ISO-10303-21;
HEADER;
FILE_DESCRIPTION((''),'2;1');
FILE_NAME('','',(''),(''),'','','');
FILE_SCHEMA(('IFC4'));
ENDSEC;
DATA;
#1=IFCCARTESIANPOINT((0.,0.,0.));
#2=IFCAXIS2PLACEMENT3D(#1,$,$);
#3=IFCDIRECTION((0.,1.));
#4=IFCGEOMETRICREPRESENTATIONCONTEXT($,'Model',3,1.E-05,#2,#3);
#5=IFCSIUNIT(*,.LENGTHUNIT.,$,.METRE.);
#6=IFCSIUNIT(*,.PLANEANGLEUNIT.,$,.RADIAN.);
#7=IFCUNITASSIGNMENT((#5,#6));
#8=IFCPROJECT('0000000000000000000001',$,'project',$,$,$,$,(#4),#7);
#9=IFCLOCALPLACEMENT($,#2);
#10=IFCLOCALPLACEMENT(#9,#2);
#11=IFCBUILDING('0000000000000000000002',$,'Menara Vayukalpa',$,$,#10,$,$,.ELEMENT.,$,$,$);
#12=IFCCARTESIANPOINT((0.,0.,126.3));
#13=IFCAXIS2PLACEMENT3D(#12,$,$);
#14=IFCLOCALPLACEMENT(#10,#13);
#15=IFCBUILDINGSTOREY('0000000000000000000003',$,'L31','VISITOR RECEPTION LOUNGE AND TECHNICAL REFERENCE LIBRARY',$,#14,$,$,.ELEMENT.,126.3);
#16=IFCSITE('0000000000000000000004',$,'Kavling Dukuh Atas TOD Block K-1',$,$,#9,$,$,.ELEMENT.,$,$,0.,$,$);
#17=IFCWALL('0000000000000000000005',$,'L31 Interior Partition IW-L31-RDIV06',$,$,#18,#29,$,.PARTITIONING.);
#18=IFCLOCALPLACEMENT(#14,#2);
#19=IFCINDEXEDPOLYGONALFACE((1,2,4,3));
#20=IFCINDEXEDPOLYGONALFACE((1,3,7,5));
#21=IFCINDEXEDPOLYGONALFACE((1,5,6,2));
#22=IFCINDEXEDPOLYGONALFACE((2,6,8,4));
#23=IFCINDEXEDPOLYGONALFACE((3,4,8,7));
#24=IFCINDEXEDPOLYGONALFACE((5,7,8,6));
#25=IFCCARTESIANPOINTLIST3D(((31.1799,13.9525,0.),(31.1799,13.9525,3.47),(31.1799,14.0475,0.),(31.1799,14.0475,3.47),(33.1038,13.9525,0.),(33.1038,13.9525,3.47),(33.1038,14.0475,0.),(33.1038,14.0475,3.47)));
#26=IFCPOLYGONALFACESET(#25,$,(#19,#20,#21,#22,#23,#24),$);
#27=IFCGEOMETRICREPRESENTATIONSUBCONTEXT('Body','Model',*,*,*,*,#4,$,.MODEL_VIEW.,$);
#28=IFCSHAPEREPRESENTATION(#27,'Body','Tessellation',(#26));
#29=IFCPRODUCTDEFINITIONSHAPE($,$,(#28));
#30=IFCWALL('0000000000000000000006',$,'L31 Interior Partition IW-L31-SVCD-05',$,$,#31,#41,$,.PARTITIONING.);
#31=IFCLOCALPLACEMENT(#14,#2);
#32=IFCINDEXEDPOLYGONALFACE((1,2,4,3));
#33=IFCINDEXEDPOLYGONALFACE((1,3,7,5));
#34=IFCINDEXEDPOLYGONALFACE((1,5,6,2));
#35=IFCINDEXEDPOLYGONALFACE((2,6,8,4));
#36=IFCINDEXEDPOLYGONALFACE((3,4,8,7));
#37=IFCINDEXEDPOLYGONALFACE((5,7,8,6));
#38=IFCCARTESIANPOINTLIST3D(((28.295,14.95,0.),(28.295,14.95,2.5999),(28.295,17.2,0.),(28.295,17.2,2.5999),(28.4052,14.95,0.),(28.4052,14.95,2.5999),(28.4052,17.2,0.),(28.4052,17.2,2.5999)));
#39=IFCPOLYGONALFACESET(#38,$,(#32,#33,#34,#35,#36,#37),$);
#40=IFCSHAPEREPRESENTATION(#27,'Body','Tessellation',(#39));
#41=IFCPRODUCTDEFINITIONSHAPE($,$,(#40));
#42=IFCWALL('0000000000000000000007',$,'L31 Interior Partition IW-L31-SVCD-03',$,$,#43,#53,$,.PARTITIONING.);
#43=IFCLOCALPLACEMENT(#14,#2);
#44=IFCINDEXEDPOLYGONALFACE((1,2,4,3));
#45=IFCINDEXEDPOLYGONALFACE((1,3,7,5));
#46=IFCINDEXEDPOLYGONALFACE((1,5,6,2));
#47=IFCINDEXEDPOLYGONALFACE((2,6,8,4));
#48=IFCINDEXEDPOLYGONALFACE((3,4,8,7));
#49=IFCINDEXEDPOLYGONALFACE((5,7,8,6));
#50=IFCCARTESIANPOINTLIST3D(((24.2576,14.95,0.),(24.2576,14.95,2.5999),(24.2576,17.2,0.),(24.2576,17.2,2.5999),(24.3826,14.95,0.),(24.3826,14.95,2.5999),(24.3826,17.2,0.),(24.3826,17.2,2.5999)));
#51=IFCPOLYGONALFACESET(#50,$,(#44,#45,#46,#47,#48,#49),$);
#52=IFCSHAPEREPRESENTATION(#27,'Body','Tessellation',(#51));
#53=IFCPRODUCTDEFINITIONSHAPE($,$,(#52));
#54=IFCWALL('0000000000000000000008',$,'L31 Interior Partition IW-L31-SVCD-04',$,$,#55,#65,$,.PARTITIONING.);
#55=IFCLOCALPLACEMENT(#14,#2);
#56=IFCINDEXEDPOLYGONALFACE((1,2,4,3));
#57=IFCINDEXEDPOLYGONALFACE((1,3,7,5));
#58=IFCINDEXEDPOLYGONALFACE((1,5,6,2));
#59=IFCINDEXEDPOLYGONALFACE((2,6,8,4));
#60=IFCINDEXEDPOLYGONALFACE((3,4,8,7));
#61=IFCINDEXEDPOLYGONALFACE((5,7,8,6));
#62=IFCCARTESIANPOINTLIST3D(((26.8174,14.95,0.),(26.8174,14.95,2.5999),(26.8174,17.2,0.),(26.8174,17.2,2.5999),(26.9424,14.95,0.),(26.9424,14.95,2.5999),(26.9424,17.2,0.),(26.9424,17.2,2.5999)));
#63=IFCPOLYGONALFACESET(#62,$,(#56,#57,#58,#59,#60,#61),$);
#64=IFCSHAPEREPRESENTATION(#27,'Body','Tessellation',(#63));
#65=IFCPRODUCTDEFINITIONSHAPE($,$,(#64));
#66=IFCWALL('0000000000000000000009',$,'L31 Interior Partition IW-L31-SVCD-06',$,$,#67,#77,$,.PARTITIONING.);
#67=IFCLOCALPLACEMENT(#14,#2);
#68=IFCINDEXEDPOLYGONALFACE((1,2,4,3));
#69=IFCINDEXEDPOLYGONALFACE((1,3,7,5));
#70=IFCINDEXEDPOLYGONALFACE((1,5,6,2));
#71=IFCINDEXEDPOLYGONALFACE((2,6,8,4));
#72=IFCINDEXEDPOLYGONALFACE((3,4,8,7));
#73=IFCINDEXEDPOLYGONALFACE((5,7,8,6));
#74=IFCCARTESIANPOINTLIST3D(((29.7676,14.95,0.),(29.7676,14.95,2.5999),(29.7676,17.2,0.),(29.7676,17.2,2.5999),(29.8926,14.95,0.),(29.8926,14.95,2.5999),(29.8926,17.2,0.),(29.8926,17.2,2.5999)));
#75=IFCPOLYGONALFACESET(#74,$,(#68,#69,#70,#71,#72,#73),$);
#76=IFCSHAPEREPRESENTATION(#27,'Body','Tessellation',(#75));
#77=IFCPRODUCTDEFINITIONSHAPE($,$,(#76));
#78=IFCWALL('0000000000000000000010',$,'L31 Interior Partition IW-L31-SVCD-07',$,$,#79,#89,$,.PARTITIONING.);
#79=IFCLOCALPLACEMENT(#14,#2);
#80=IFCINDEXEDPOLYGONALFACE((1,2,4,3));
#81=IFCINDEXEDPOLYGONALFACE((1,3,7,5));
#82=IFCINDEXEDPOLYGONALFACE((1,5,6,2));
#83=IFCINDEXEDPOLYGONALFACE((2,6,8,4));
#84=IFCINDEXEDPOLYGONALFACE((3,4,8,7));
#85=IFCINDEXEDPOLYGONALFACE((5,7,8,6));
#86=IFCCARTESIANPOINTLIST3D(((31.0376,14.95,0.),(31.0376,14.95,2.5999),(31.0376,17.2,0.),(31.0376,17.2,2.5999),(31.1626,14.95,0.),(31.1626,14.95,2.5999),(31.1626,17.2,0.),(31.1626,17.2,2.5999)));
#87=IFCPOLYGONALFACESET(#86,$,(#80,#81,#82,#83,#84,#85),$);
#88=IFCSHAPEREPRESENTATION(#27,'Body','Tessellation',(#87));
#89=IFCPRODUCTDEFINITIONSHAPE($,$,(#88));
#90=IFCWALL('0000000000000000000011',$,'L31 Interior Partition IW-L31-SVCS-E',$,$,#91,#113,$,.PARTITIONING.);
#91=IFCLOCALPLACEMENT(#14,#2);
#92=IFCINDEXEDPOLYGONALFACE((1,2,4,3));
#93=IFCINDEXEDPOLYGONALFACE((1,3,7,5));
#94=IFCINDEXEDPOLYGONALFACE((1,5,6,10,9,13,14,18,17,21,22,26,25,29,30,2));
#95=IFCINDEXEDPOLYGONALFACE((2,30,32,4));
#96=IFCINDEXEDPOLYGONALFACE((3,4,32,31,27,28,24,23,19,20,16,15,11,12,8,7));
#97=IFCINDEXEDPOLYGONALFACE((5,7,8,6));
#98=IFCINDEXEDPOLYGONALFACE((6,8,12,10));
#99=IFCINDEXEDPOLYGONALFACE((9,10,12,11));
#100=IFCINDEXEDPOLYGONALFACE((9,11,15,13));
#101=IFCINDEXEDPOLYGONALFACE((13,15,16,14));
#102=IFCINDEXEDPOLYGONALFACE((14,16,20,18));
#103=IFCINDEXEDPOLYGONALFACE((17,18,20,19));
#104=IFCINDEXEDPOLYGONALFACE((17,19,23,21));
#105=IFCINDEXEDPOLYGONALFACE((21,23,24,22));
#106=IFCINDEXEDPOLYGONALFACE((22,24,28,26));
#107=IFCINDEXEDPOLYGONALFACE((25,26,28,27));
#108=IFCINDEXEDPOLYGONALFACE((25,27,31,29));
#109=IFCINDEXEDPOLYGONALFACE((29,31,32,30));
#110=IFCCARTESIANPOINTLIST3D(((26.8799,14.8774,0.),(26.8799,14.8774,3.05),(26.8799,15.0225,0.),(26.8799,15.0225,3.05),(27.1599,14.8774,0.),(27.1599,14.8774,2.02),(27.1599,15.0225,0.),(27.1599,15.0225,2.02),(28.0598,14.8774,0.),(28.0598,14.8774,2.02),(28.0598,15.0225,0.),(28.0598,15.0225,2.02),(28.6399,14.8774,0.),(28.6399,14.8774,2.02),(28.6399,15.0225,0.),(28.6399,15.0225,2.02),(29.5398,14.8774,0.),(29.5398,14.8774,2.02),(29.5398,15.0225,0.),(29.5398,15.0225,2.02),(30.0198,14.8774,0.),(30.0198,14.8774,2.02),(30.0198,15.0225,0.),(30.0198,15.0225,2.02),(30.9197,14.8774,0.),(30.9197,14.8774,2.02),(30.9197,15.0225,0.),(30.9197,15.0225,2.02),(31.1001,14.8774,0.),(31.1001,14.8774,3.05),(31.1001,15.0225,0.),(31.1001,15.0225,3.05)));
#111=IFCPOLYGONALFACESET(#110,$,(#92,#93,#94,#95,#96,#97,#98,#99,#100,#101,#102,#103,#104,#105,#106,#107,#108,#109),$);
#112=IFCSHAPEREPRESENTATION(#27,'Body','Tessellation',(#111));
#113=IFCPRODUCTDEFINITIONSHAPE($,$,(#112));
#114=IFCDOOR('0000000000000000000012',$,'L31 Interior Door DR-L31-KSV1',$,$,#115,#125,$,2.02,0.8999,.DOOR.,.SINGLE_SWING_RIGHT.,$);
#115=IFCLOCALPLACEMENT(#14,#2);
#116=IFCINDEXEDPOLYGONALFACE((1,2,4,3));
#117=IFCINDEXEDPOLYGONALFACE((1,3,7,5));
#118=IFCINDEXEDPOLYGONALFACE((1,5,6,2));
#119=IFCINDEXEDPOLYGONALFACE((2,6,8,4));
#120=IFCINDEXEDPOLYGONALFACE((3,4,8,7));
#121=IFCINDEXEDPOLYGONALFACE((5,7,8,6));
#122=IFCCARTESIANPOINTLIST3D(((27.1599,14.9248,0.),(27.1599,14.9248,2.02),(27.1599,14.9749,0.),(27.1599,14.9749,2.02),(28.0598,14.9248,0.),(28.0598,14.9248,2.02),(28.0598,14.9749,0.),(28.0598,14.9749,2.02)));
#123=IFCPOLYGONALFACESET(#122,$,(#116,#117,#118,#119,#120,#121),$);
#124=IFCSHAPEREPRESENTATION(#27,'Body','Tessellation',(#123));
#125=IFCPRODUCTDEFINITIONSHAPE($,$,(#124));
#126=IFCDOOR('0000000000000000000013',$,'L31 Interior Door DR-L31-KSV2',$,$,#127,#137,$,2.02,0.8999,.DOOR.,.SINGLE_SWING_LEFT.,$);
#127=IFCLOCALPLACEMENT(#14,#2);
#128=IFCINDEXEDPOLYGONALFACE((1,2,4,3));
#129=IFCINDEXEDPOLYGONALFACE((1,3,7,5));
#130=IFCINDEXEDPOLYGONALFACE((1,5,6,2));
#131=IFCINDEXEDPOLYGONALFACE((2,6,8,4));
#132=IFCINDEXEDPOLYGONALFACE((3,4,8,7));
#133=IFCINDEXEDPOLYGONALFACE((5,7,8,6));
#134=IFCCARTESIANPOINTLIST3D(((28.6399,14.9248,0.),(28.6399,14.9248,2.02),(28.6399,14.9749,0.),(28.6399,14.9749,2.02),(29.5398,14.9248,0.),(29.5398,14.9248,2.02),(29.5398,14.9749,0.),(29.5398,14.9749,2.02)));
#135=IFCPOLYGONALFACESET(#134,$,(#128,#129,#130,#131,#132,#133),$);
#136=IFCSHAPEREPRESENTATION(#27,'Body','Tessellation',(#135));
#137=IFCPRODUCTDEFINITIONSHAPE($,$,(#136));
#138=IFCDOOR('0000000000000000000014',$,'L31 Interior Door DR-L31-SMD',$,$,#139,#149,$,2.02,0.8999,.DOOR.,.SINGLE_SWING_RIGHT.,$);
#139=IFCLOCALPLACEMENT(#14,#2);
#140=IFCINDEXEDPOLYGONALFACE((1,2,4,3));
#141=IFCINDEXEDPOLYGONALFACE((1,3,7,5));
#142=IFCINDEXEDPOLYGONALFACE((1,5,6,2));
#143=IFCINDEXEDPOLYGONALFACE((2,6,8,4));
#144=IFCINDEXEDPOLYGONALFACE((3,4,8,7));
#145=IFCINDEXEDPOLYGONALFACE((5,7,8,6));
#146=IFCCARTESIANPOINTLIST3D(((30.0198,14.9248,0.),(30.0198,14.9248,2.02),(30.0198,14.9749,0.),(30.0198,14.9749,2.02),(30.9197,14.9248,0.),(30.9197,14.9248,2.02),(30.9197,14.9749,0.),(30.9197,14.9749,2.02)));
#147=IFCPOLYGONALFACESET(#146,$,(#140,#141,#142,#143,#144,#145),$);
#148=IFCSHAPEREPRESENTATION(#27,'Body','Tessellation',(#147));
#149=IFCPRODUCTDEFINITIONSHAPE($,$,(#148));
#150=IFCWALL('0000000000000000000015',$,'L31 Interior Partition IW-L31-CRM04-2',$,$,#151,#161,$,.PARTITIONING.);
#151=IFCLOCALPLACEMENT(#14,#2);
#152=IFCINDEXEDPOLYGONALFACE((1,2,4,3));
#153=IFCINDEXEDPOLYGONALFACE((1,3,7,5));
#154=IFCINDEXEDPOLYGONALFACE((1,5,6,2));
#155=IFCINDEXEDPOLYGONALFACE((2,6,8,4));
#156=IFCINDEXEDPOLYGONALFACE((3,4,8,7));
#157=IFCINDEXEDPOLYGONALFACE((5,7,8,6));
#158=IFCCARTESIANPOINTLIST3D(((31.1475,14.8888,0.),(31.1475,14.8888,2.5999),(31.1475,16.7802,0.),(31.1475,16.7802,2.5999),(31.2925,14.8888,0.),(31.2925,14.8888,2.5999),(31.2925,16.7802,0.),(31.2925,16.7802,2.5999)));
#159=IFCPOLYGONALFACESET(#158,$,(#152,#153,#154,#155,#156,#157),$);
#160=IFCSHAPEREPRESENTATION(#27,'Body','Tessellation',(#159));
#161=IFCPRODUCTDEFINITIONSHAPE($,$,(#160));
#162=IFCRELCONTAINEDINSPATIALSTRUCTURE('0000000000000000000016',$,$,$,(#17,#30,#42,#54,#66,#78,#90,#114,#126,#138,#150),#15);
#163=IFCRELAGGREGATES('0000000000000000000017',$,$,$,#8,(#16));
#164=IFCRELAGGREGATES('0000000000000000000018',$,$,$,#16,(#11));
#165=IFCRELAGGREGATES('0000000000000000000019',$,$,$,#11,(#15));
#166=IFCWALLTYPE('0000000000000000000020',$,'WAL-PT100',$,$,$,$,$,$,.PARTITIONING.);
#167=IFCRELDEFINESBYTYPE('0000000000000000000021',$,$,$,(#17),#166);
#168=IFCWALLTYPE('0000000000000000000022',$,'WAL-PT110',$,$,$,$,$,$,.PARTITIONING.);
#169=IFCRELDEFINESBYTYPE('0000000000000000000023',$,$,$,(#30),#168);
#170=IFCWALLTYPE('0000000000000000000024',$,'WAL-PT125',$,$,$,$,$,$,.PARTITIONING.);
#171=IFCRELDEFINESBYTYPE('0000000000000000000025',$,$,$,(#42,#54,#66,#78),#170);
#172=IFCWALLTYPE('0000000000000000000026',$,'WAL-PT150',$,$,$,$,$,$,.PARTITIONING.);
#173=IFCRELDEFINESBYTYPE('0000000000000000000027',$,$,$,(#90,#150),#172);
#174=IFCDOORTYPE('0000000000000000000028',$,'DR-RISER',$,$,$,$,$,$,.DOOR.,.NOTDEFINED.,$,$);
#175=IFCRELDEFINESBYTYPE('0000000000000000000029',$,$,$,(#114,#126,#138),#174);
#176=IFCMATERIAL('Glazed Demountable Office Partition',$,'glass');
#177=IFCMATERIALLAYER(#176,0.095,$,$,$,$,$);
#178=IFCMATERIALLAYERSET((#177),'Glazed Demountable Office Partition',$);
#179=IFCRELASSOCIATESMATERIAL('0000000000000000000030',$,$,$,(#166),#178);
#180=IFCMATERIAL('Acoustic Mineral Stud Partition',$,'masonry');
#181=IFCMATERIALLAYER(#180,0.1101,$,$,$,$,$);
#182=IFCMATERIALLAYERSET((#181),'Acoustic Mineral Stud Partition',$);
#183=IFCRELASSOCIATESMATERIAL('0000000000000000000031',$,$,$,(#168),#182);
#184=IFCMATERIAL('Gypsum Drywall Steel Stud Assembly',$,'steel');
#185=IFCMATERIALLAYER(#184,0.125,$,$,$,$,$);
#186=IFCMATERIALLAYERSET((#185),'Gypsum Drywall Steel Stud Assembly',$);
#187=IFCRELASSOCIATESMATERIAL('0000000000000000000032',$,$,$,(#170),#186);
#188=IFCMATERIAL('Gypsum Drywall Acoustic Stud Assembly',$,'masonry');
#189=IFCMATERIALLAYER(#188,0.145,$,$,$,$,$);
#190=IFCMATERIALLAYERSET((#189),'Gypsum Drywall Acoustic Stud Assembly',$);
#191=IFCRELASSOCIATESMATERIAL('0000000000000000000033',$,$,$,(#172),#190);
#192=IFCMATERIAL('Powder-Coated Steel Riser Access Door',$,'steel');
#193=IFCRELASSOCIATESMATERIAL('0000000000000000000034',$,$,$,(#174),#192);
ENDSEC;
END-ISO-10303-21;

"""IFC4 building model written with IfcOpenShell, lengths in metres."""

from ifc_helpers import new_model, si_unit, direction, frame, frame_2d, origin, place, context, subcontext, project, spatial, rectangle, extrude, material, layer, layer_set, type_object, element, fill, save


model = new_model("IFC4")

# Units and contexts
model_context = context("Model", 3, precision=1e-05, world=origin(), true_north=direction((0.0, 1.0)))
body_context = subcontext(model_context, "Body", "Model", "MODEL_VIEW")
ifc_project = project(units=[si_unit("LENGTHUNIT", "METRE"), si_unit("PLANEANGLEUNIT", "RADIAN")], contexts=[model_context])

# Site, building, storey
site_placement = place(None, origin())
site = spatial("IfcSite", under=ifc_project, at=site_placement, Name="Kavling Dukuh Atas TOD Block K-1", CompositionType="ELEMENT", RefElevation=0.0)
building_placement = place(site_placement, origin())
building = spatial("IfcBuilding", under=site, at=building_placement, Name="Menara Vayukalpa", CompositionType="ELEMENT")
storey_placement = place(building_placement, frame((0.0, 0.0, 126.3)))
storey = spatial("IfcBuildingStorey", under=building, at=storey_placement, Name="L31", Description="VISITOR RECEPTION LOUNGE AND TECHNICAL REFERENCE LIBRARY", CompositionType="ELEMENT", Elevation=126.3)

# Walls
ifc_material_1 = material(Name="Glazed Demountable Office Partition", Category="glass")
ifc_layer_1 = layer(ifc_material_1, 0.095)
ifc_layer_set_1 = layer_set([ifc_layer_1], Name="Glazed Demountable Office Partition")
wall_type_1 = type_object("IfcWallType", Name="WAL-PT100", PredefinedType="PARTITIONING", material=ifc_layer_set_1)
wall_1_placement = place(storey_placement, frame((31.1799, 14.0, 0.0), z_axis=(0.0, 0.0, 1.0), x_axis=(1.0, 0.0, 0.0)))
element("IfcWall", 1, at=wall_1_placement, inside=storey, type_object=wall_type_1, Name="L31 Interior Partition IW-L31-RDIV06", PredefinedType="PARTITIONING", context=body_context, shape_type="SweptSolid", body=[
    extrude(rectangle(XDim=1.9238, YDim=0.095, at=frame_2d((0.9619, 0.0))), origin(), (0.0, 0.0, 1.0), 3.47),
])
ifc_material_2 = material(Name="Acoustic Mineral Stud Partition", Category="masonry")
ifc_layer_2 = layer(ifc_material_2, 0.1101)
ifc_layer_set_2 = layer_set([ifc_layer_2], Name="Acoustic Mineral Stud Partition")
wall_type_2 = type_object("IfcWallType", Name="WAL-PT110", PredefinedType="PARTITIONING", material=ifc_layer_set_2)
wall_2_placement = place(storey_placement, frame((28.3501, 14.95, 0.0), z_axis=(0.0, 0.0, 1.0), x_axis=(0.0, 1.0, 0.0)))
element("IfcWall", 2, at=wall_2_placement, inside=storey, type_object=wall_type_2, Name="L31 Interior Partition IW-L31-SVCD-05", PredefinedType="PARTITIONING", context=body_context, shape_type="SweptSolid", body=[
    extrude(rectangle(XDim=2.25, YDim=0.1101, at=frame_2d((1.125, 0.0))), origin(), (0.0, 0.0, 1.0), 2.5999),
])
ifc_material_3 = material(Name="Gypsum Drywall Steel Stud Assembly", Category="steel")
ifc_layer_3 = layer(ifc_material_3, 0.125)
ifc_layer_set_3 = layer_set([ifc_layer_3], Name="Gypsum Drywall Steel Stud Assembly")
wall_type_3 = type_object("IfcWallType", Name="WAL-PT125", PredefinedType="PARTITIONING", material=ifc_layer_set_3)
for number, where, z_axis, x_axis, name in (
    (3, (24.3201, 14.95, 0.0), (0.0, 0.0, 1.0), (0.0, 1.0, 0.0), "L31 Interior Partition IW-L31-SVCD-03"),
    (4, (26.8799, 14.95, 0.0), (0.0, 0.0, 1.0), (0.0, 1.0, 0.0), "L31 Interior Partition IW-L31-SVCD-04"),
    (5, (29.8301, 14.95, 0.0), (0.0, 0.0, 1.0), (0.0, 1.0, 0.0), "L31 Interior Partition IW-L31-SVCD-06"),
    (6, (31.1001, 14.95, 0.0), (0.0, 0.0, 1.0), (0.0, 1.0, 0.0), "L31 Interior Partition IW-L31-SVCD-07"),
):
    element("IfcWall", number, at=place(storey_placement, frame(where, z_axis=z_axis, x_axis=x_axis)), inside=storey, type_object=wall_type_3, Name=name, PredefinedType="PARTITIONING", context=body_context, shape_type="SweptSolid", body=[
        extrude(rectangle(XDim=2.25, YDim=0.125, at=frame_2d((1.125, 0.0))), origin(), (0.0, 0.0, 1.0), 2.5999),
    ])

# Wall, openings, doors
ifc_material_4 = material(Name="Gypsum Drywall Acoustic Stud Assembly", Category="masonry")
ifc_layer_4 = layer(ifc_material_4, 0.145)
ifc_layer_set_4 = layer_set([ifc_layer_4], Name="Gypsum Drywall Acoustic Stud Assembly")
wall_type_4 = type_object("IfcWallType", Name="WAL-PT150", PredefinedType="PARTITIONING", material=ifc_layer_set_4)
wall_3_placement = place(storey_placement, frame((26.8799, 14.95, 0.0), z_axis=(0.0, 0.0, 1.0), x_axis=(1.0, 0.0, 0.0)))
wall_3 = element("IfcWall", 7, at=wall_3_placement, inside=storey, type_object=wall_type_4, Name="L31 Interior Partition IW-L31-SVCS-E", PredefinedType="PARTITIONING", context=body_context, shape_type="SweptSolid", body=[
    extrude(rectangle(XDim=4.2202, YDim=0.145, at=frame_2d((2.1101, 0.0))), origin(), (0.0, 0.0, 1.0), 3.05),
])
opening_1_placement = place(wall_3_placement, frame((0.28, 0.0, 0.0)))
opening_1 = element("IfcOpeningElement", 8, at=opening_1_placement, cuts=wall_3, PredefinedType="OPENING", context=body_context, shape_type="SweptSolid", body=[
    extrude(rectangle(XDim=0.8999, YDim=2.02, at=frame_2d((0.45, 1.01))), frame((0.0, 0.0825, 0.0), z_axis=(0.0, -1.0, 0.0), x_axis=(1.0, 0.0, 0.0)), (0.0, 0.0, 1.0), 0.165),
])
opening_2_placement = place(wall_3_placement, frame((1.76, 0.0, 0.0)))
opening_2 = element("IfcOpeningElement", 9, at=opening_2_placement, cuts=wall_3, PredefinedType="OPENING", context=body_context, shape_type="SweptSolid", body=[
    extrude(rectangle(XDim=0.8999, YDim=2.02, at=frame_2d((0.45, 1.01))), frame((0.0, 0.0825, 0.0), z_axis=(0.0, -1.0, 0.0), x_axis=(1.0, 0.0, 0.0)), (0.0, 0.0, 1.0), 0.165),
])
opening_3_placement = place(wall_3_placement, frame((3.1399, 0.0, 0.0)))
opening_3 = element("IfcOpeningElement", 10, at=opening_3_placement, cuts=wall_3, PredefinedType="OPENING", context=body_context, shape_type="SweptSolid", body=[
    extrude(rectangle(XDim=0.8999, YDim=2.02, at=frame_2d((0.45, 1.01))), frame((0.0, 0.0825, 0.0), z_axis=(0.0, -1.0, 0.0), x_axis=(1.0, 0.0, 0.0)), (0.0, 0.0, 1.0), 0.165),
])
ifc_material_5 = material(Name="Powder-Coated Steel Riser Access Door", Category="steel")
door_type_1 = type_object("IfcDoorType", Name="DR-RISER", OperationType="NOTDEFINED", PredefinedType="DOOR", material=ifc_material_5)
door_1_placement = place(opening_1_placement, origin())
door_1 = element("IfcDoor", 11, at=door_1_placement, inside=storey, type_object=door_type_1, Name="L31 Interior Door DR-L31-KSV1", OperationType="SINGLE_SWING_RIGHT", OverallHeight=2.02, OverallWidth=0.8999, PredefinedType="DOOR", context=body_context, shape_type="SweptSolid", body=[
    extrude(rectangle(XDim=0.8999, YDim=2.02, at=frame_2d((0.45, 1.01))), frame((0.0, 0.0249, 0.0), z_axis=(0.0, -1.0, 0.0), x_axis=(1.0, 0.0, 0.0)), (0.0, 0.0, 1.0), 0.05),
])
fill(opening_1, door_1)
door_2_placement = place(opening_2_placement, origin())
door_2 = element("IfcDoor", 12, at=door_2_placement, inside=storey, type_object=door_type_1, Name="L31 Interior Door DR-L31-KSV2", OperationType="SINGLE_SWING_LEFT", OverallHeight=2.02, OverallWidth=0.8999, PredefinedType="DOOR", context=body_context, shape_type="SweptSolid", body=[
    extrude(rectangle(XDim=0.8999, YDim=2.02, at=frame_2d((0.45, 1.01))), frame((0.0, 0.0249, 0.0), z_axis=(0.0, -1.0, 0.0), x_axis=(1.0, 0.0, 0.0)), (0.0, 0.0, 1.0), 0.05),
])
fill(opening_2, door_2)
door_3_placement = place(opening_3_placement, origin())
door_3 = element("IfcDoor", 13, at=door_3_placement, inside=storey, type_object=door_type_1, Name="L31 Interior Door DR-L31-SMD", OperationType="SINGLE_SWING_RIGHT", OverallHeight=2.02, OverallWidth=0.8999, PredefinedType="DOOR", context=body_context, shape_type="SweptSolid", body=[
    extrude(rectangle(XDim=0.8999, YDim=2.02, at=frame_2d((0.45, 1.01))), frame((0.0, 0.0249, 0.0), z_axis=(0.0, -1.0, 0.0), x_axis=(1.0, 0.0, 0.0)), (0.0, 0.0, 1.0), 0.05),
])
fill(opening_3, door_3)

# Wall
wall_4_placement = place(storey_placement, frame((31.22, 14.8887, 0.0), z_axis=(0.0, 0.0, 1.0), x_axis=(0.0, 1.0, 0.0)))
element("IfcWall", 14, at=wall_4_placement, inside=storey, type_object=wall_type_4, Name="L31 Interior Partition IW-L31-CRM04-2", PredefinedType="PARTITIONING", context=body_context, shape_type="SweptSolid", body=[
    extrude(rectangle(XDim=1.8914, YDim=0.145, at=frame_2d((0.9458, 0.0))), origin(), (0.0, 0.0, 1.0), 2.5999),
])

save(model, "model.ifc")
